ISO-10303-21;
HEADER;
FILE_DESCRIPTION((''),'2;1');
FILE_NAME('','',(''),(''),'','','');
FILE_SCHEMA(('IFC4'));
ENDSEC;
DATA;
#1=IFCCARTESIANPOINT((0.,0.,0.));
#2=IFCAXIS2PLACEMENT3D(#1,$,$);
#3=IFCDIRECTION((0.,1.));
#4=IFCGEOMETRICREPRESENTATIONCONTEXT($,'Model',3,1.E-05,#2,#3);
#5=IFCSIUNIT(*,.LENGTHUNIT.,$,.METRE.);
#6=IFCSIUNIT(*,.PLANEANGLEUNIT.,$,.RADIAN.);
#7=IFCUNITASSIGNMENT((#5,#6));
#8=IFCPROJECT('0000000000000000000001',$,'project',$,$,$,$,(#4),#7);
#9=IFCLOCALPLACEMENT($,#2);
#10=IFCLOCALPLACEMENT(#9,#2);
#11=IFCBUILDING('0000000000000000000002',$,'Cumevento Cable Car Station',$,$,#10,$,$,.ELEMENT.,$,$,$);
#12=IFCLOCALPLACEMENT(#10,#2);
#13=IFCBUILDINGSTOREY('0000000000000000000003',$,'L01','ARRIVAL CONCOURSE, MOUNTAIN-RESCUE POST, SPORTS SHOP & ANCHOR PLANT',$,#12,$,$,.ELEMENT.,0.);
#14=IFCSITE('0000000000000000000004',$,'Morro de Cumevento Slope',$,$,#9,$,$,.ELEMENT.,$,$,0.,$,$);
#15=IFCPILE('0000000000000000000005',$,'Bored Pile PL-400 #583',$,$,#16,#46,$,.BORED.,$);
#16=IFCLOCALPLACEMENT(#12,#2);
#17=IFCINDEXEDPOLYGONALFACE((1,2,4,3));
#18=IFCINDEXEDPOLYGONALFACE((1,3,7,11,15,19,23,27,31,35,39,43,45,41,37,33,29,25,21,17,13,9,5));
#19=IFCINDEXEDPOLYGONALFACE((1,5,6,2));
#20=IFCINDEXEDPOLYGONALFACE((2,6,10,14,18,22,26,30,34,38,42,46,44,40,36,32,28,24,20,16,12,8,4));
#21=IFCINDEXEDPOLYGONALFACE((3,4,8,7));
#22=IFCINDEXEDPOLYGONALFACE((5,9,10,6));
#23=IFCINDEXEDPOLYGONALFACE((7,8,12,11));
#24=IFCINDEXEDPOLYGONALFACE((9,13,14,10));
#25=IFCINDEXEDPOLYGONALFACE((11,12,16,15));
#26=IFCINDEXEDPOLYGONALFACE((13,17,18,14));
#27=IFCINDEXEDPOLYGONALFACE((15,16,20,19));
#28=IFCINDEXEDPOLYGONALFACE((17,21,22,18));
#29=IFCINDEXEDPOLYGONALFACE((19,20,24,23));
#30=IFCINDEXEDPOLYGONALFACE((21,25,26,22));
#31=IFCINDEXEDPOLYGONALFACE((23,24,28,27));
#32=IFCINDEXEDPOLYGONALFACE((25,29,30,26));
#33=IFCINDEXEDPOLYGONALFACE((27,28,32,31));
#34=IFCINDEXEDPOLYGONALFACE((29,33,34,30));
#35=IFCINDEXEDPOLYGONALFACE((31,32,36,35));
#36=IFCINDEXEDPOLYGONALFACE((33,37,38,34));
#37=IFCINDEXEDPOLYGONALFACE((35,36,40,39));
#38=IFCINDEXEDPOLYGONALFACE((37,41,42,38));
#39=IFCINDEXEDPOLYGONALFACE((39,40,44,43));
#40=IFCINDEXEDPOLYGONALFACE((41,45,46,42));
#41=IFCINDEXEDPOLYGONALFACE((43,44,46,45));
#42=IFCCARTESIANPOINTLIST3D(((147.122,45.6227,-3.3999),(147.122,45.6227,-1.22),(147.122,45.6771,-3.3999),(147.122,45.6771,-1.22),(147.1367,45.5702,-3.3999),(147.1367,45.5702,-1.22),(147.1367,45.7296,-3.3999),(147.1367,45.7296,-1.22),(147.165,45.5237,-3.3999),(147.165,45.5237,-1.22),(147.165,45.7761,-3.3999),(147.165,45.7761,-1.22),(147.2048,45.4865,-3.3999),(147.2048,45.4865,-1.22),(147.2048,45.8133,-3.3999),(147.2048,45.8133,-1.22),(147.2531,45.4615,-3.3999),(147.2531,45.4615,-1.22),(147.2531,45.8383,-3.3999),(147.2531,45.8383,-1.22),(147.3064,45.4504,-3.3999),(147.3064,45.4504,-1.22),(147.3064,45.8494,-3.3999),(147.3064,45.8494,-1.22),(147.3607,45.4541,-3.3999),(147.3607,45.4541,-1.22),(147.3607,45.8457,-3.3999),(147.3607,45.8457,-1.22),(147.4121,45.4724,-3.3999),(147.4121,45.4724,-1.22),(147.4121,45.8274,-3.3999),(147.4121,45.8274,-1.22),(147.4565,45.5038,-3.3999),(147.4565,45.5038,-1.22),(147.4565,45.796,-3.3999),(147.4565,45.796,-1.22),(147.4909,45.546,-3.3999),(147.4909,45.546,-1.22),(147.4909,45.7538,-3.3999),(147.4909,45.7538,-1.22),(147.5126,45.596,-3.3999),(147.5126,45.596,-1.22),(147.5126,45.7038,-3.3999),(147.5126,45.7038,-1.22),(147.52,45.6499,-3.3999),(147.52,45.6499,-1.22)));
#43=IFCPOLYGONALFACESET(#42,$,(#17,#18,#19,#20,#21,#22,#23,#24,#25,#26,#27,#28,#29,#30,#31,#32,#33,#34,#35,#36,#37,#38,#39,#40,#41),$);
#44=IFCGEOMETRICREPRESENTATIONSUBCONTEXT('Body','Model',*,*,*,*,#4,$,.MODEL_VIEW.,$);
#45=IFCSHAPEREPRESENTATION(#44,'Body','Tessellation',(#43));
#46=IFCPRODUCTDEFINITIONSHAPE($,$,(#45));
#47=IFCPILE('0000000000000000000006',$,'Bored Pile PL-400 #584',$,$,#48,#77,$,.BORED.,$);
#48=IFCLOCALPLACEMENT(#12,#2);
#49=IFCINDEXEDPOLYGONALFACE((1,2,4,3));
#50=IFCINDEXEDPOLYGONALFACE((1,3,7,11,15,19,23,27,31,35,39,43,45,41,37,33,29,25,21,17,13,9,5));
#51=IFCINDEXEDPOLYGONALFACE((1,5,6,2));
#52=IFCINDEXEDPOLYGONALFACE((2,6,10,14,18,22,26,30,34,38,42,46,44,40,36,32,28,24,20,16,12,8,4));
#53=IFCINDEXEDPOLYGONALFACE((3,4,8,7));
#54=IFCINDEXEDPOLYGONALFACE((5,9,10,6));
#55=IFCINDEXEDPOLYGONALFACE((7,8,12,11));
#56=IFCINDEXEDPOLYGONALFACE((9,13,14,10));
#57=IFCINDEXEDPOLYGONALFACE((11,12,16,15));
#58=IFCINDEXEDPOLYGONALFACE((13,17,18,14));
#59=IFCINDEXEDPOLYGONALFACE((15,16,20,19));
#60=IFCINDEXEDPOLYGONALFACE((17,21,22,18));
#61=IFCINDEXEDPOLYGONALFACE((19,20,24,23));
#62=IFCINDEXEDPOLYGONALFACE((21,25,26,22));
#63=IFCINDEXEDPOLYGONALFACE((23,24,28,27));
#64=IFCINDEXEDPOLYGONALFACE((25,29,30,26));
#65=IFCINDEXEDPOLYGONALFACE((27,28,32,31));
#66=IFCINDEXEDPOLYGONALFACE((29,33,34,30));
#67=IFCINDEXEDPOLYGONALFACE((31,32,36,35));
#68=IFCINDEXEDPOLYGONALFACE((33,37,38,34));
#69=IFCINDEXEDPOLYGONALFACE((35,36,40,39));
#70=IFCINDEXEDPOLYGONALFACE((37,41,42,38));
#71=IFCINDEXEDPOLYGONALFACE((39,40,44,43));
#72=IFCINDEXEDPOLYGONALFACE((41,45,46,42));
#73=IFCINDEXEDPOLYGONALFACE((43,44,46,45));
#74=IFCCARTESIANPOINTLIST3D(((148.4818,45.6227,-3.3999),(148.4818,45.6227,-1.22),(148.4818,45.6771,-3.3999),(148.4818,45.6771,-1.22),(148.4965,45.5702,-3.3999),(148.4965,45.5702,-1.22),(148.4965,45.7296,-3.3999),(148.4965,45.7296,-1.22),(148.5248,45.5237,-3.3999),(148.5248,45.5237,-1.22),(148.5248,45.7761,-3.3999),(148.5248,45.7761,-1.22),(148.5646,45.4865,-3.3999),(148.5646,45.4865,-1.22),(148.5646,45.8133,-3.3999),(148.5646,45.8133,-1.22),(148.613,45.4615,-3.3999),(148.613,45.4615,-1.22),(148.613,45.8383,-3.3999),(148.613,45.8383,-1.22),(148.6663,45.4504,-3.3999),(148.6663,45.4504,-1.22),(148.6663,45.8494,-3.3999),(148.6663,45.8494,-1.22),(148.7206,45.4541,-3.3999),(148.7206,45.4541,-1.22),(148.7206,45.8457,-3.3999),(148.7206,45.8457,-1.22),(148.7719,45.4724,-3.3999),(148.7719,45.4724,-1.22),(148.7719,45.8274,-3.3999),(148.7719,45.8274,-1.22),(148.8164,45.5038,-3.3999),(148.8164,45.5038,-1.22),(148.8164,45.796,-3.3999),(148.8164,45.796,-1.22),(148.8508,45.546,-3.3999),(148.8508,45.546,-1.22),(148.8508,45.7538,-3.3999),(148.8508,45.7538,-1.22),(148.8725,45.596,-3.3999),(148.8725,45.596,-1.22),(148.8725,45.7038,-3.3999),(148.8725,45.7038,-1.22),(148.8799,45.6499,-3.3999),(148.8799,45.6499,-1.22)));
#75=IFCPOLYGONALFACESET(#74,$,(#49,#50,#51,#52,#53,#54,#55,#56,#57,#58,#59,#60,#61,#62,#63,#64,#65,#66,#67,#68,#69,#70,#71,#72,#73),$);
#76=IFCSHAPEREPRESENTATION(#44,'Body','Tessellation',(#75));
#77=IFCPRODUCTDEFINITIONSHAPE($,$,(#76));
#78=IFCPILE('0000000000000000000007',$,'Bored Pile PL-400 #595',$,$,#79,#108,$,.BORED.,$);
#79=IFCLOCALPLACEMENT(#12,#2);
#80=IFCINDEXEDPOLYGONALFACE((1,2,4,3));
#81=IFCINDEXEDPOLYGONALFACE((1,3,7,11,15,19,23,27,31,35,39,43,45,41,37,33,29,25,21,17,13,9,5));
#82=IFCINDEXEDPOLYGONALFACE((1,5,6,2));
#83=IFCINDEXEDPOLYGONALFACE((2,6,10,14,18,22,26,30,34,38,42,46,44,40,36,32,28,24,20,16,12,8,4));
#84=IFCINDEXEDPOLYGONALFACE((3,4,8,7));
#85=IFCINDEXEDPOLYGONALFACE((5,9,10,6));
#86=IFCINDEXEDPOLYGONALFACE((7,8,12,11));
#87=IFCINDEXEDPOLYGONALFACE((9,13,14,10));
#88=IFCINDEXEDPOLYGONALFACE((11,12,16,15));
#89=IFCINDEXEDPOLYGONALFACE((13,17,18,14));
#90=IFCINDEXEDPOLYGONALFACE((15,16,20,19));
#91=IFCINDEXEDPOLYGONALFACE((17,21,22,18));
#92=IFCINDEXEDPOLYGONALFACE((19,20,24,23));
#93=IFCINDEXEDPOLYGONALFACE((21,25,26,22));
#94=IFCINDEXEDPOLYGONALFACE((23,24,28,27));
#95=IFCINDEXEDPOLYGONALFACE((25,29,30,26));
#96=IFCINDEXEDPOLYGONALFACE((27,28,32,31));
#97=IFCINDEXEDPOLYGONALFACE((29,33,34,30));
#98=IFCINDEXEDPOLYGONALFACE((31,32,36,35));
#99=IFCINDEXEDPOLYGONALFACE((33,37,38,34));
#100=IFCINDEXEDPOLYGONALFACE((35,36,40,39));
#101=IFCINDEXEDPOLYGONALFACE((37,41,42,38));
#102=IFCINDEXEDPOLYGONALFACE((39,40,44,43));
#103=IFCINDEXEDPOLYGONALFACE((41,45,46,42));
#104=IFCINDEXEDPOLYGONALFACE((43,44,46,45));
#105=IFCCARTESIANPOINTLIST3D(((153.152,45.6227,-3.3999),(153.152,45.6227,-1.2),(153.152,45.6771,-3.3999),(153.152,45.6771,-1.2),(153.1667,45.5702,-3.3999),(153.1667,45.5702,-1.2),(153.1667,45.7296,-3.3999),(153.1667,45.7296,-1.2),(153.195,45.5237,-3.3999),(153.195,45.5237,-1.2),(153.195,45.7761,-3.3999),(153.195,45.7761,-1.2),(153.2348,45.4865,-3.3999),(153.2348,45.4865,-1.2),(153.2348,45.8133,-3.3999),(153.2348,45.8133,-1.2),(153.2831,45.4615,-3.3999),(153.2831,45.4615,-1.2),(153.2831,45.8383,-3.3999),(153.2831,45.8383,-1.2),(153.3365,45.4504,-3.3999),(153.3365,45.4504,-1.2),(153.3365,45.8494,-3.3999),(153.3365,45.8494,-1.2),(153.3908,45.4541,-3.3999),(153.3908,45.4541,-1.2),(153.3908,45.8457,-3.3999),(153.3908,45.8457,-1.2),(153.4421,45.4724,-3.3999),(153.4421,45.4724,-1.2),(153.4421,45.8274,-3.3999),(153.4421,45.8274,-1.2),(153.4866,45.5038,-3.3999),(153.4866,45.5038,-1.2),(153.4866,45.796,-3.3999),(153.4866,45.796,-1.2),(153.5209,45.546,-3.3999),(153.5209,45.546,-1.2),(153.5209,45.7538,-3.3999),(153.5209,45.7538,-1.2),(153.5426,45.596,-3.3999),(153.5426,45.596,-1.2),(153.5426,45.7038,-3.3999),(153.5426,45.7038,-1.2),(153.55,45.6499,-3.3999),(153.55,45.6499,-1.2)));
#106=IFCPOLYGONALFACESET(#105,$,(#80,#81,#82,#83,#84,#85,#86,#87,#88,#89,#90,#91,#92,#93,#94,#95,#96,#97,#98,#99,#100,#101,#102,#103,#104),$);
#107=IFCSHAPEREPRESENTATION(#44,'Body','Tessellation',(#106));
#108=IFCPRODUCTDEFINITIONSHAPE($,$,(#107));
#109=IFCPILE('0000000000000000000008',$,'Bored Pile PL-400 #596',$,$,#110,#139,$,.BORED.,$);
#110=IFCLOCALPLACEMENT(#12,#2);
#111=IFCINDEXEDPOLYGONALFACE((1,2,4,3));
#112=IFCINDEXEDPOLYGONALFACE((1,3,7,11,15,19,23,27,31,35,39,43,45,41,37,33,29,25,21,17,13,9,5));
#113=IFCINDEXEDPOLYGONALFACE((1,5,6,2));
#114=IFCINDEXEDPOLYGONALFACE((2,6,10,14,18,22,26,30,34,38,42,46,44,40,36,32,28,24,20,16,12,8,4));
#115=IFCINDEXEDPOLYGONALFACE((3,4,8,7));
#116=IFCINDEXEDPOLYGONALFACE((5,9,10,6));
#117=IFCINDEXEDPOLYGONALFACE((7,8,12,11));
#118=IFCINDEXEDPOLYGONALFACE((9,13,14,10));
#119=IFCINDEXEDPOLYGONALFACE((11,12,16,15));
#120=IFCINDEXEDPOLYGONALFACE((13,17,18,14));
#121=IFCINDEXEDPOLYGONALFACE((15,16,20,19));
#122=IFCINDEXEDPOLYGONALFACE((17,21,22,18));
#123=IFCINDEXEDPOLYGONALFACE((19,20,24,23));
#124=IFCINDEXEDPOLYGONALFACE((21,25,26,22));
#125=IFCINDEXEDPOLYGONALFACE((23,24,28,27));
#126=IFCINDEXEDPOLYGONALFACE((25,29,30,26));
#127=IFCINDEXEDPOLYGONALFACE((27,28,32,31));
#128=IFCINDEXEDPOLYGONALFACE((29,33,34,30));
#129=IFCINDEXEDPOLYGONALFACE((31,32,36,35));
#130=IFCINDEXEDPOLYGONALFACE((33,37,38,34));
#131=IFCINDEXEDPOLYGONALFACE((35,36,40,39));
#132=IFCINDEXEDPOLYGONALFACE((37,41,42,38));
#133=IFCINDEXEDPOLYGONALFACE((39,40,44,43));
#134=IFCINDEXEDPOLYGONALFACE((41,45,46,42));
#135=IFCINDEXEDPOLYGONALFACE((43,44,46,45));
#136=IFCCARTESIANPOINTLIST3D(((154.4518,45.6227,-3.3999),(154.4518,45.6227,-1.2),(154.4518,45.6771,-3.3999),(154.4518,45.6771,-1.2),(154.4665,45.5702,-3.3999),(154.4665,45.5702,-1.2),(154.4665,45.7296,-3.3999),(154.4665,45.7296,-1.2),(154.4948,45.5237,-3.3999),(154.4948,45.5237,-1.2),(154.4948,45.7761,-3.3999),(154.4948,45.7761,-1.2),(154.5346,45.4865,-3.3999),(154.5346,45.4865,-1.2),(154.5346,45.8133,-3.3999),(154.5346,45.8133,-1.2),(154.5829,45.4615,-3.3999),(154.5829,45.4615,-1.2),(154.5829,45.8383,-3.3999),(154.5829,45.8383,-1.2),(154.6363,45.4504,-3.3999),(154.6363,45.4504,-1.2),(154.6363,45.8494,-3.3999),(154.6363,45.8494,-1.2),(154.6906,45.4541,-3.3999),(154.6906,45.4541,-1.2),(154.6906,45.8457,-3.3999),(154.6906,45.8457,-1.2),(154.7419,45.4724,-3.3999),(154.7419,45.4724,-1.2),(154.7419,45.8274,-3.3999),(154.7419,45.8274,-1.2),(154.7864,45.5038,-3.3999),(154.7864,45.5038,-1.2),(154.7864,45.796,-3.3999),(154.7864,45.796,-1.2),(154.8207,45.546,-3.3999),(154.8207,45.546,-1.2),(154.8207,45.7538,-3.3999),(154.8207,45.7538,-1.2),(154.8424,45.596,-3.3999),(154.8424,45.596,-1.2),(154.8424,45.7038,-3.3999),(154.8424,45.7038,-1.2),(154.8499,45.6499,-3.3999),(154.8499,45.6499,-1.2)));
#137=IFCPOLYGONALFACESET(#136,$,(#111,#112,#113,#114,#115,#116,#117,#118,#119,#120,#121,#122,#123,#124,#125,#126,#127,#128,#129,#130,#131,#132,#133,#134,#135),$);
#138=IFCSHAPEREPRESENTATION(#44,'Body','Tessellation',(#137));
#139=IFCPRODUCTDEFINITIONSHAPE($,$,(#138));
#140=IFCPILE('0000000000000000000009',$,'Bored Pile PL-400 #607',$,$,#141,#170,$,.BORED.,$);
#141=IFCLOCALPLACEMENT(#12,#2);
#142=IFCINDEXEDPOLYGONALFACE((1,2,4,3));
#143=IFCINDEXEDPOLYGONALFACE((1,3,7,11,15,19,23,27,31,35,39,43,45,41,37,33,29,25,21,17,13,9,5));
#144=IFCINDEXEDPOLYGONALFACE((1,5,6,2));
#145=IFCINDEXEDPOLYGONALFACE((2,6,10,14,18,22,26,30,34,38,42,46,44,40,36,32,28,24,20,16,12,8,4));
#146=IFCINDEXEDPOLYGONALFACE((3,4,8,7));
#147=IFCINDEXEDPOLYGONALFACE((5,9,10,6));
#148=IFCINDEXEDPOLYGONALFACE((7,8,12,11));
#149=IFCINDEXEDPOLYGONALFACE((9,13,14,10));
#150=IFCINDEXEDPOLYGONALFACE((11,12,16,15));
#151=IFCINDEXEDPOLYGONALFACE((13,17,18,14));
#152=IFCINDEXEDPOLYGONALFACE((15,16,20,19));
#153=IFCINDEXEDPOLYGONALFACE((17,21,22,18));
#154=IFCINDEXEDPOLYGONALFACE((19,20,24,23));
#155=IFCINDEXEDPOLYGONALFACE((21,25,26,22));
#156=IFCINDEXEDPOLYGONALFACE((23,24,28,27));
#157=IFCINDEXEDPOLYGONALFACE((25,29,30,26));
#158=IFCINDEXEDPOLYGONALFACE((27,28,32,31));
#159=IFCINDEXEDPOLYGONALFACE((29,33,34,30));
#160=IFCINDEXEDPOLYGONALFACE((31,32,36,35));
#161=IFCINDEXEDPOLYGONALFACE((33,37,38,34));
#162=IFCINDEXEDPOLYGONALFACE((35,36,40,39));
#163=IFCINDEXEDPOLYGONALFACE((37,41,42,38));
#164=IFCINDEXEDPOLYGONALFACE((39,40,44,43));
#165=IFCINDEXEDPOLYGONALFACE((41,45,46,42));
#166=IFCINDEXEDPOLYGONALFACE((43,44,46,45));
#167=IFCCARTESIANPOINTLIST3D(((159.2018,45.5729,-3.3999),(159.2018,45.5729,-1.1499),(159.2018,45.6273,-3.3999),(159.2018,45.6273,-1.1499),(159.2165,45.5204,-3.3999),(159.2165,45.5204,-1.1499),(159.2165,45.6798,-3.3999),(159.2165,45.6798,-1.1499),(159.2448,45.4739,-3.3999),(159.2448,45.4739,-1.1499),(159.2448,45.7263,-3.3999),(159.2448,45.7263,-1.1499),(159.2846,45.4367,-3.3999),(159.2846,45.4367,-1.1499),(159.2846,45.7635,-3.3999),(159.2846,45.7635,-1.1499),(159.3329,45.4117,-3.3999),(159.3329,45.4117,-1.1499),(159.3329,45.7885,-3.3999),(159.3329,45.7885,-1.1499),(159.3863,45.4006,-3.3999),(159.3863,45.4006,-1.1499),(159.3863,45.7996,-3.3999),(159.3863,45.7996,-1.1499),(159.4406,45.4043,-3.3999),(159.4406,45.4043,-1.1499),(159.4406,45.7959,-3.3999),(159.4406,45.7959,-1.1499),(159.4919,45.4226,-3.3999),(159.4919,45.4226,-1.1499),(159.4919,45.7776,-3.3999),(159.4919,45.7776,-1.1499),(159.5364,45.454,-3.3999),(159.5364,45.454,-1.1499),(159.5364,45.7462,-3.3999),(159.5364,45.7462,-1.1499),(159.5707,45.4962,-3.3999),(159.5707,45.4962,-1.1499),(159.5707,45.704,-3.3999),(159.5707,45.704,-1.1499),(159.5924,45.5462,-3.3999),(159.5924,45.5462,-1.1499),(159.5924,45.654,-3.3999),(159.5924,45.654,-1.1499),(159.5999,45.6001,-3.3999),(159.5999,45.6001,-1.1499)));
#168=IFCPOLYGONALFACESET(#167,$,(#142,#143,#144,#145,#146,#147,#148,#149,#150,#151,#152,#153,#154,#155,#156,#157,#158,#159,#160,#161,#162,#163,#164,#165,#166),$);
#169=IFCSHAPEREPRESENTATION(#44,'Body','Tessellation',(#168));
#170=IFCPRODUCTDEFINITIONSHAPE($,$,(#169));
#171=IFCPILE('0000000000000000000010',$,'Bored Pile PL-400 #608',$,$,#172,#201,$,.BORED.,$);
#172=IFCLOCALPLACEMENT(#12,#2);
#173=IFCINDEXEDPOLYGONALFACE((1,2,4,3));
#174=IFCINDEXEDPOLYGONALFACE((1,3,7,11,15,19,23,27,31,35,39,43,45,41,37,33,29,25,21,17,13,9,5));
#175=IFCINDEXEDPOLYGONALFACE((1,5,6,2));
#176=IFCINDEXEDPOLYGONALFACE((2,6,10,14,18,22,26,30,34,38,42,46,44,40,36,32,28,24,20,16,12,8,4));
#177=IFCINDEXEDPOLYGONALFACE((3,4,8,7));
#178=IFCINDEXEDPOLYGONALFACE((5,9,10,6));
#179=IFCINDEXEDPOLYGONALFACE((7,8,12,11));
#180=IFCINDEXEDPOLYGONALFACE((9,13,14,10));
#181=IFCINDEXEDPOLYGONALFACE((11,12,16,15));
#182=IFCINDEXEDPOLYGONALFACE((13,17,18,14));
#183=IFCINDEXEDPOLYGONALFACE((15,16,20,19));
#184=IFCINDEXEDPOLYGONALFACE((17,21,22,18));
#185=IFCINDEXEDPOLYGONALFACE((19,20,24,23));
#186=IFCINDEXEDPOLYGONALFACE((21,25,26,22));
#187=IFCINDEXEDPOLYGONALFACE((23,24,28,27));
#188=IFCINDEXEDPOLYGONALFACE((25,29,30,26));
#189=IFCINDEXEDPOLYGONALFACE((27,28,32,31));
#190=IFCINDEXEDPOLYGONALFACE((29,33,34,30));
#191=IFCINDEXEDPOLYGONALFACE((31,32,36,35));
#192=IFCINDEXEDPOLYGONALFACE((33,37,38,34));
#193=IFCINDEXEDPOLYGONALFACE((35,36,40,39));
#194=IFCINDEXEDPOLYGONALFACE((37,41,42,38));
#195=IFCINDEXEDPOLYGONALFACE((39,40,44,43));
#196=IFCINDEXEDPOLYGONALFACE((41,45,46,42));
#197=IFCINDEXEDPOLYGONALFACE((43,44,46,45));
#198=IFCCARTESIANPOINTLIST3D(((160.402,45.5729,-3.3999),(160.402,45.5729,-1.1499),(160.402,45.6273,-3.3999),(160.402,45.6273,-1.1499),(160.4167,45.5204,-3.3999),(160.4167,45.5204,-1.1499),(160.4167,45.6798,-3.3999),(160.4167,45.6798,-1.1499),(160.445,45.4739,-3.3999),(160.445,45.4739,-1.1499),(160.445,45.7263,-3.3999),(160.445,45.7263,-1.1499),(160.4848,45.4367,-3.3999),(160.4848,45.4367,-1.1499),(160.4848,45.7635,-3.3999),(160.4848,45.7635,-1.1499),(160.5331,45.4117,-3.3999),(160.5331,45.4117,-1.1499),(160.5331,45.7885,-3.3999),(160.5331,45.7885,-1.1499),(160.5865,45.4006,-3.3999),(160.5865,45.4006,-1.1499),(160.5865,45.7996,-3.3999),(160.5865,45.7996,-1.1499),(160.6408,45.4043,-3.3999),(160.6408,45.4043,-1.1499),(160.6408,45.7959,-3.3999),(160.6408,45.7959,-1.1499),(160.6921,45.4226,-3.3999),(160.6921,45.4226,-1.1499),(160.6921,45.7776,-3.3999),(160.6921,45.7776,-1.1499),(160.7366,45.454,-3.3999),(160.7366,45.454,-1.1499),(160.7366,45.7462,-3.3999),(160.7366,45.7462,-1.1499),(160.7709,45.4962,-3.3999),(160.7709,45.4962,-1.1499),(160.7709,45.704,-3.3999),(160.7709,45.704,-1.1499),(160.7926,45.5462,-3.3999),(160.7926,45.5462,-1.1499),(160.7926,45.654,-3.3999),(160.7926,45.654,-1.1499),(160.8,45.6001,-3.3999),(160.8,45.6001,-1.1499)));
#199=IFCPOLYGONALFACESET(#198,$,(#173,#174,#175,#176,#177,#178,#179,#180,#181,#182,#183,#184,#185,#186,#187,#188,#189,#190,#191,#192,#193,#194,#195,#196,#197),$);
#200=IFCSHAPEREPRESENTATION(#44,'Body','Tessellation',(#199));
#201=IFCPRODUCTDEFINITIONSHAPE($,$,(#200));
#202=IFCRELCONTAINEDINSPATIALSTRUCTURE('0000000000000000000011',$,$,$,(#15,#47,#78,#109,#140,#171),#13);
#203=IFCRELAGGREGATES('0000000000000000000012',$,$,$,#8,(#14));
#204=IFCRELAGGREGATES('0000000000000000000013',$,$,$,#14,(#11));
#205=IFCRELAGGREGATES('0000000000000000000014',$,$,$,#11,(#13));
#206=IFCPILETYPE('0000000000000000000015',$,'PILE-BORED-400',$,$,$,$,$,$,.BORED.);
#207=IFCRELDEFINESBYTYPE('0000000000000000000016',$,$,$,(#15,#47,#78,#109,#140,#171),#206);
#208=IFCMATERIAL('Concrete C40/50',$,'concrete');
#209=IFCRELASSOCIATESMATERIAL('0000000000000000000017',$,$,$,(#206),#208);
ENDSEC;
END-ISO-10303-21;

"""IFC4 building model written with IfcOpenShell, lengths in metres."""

from ifc_helpers import new_model, si_unit, direction, frame, origin, origin_2d, place, context, subcontext, project, spatial, circle, extrude, material, material_profile, profile_set, type_object, element, save


model = new_model("IFC4")

# Units and contexts
model_context = context("Model", 3, precision=1e-05, world=origin(), true_north=direction((0.0, 1.0)))
body_context = subcontext(model_context, "Body", "Model", "MODEL_VIEW")
ifc_project = project(units=[si_unit("LENGTHUNIT", "METRE"), si_unit("PLANEANGLEUNIT", "RADIAN")], contexts=[model_context])

# Site, building, storey
site_placement = place(None, origin())
site = spatial("IfcSite", under=ifc_project, at=site_placement, Name="Morro de Cumevento Slope", CompositionType="ELEMENT", RefElevation=0.0)
building_placement = place(site_placement, origin())
building = spatial("IfcBuilding", under=site, at=building_placement, Name="Cumevento Cable Car Station", CompositionType="ELEMENT")
storey_placement = place(building_placement, origin())
storey = spatial("IfcBuildingStorey", under=building, at=storey_placement, Name="L01", Description="ARRIVAL CONCOURSE, MOUNTAIN-RESCUE POST, SPORTS SHOP & ANCHOR PLANT", CompositionType="ELEMENT", Elevation=0.0)

# Piles
ifc_material_1 = material(Name="Concrete C40/50", Category="concrete")
ifc_material_profile = material_profile(ifc_material_1, circle(Radius=0.2, at=origin_2d()), Name="PILE-D400")
ifc_profile_set = profile_set([ifc_material_profile], Name="Concrete C40/50")
pile_type = type_object("IfcPileType", Name="PILE-BORED-400", PredefinedType="BORED", material=ifc_profile_set)
for number, where, z_axis, x_axis, name in (
    (1, (147.3201, 45.6499, -1.22), (0.0, 0.0, -1.0), (1.0, 0.0, 0.0), "Bored Pile PL-400 #583"),
    (2, (148.6799, 45.6499, -1.22), (0.0, 0.0, -1.0), (1.0, 0.0, 0.0), "Bored Pile PL-400 #584"),
):
    element("IfcPile", number, at=place(storey_placement, frame(where, z_axis=z_axis, x_axis=x_axis)), inside=storey, type_object=pile_type, Name=name, PredefinedType="BORED", context=body_context, shape_type="SweptSolid", body=[
        extrude(circle(Radius=0.2, at=origin_2d()), origin(), (0.0, 0.0, 1.0), 2.1799),
    ])
for number, where, z_axis, x_axis, name in (
    (3, (153.3501, 45.6499, -1.2), (0.0, 0.0, -1.0), (1.0, 0.0, 0.0), "Bored Pile PL-400 #595"),
    (4, (154.6499, 45.6499, -1.2), (0.0, 0.0, -1.0), (1.0, 0.0, 0.0), "Bored Pile PL-400 #596"),
):
    element("IfcPile", number, at=place(storey_placement, frame(where, z_axis=z_axis, x_axis=x_axis)), inside=storey, type_object=pile_type, Name=name, PredefinedType="BORED", context=body_context, shape_type="SweptSolid", body=[
        extrude(circle(Radius=0.2, at=origin_2d()), origin(), (0.0, 0.0, 1.0), 2.2),
    ])
for number, where, z_axis, x_axis, name in (
    (5, (159.3999, 45.6001, -1.1499), (0.0, 0.0, -1.0), (1.0, 0.0, 0.0), "Bored Pile PL-400 #607"),
    (6, (160.6001, 45.6001, -1.1499), (0.0, 0.0, -1.0), (1.0, 0.0, 0.0), "Bored Pile PL-400 #608"),
):
    element("IfcPile", number, at=place(storey_placement, frame(where, z_axis=z_axis, x_axis=x_axis)), inside=storey, type_object=pile_type, Name=name, PredefinedType="BORED", context=body_context, shape_type="SweptSolid", body=[
        extrude(circle(Radius=0.2, at=origin_2d()), origin(), (0.0, 0.0, 1.0), 2.25),
    ])

save(model, "model.ifc")
